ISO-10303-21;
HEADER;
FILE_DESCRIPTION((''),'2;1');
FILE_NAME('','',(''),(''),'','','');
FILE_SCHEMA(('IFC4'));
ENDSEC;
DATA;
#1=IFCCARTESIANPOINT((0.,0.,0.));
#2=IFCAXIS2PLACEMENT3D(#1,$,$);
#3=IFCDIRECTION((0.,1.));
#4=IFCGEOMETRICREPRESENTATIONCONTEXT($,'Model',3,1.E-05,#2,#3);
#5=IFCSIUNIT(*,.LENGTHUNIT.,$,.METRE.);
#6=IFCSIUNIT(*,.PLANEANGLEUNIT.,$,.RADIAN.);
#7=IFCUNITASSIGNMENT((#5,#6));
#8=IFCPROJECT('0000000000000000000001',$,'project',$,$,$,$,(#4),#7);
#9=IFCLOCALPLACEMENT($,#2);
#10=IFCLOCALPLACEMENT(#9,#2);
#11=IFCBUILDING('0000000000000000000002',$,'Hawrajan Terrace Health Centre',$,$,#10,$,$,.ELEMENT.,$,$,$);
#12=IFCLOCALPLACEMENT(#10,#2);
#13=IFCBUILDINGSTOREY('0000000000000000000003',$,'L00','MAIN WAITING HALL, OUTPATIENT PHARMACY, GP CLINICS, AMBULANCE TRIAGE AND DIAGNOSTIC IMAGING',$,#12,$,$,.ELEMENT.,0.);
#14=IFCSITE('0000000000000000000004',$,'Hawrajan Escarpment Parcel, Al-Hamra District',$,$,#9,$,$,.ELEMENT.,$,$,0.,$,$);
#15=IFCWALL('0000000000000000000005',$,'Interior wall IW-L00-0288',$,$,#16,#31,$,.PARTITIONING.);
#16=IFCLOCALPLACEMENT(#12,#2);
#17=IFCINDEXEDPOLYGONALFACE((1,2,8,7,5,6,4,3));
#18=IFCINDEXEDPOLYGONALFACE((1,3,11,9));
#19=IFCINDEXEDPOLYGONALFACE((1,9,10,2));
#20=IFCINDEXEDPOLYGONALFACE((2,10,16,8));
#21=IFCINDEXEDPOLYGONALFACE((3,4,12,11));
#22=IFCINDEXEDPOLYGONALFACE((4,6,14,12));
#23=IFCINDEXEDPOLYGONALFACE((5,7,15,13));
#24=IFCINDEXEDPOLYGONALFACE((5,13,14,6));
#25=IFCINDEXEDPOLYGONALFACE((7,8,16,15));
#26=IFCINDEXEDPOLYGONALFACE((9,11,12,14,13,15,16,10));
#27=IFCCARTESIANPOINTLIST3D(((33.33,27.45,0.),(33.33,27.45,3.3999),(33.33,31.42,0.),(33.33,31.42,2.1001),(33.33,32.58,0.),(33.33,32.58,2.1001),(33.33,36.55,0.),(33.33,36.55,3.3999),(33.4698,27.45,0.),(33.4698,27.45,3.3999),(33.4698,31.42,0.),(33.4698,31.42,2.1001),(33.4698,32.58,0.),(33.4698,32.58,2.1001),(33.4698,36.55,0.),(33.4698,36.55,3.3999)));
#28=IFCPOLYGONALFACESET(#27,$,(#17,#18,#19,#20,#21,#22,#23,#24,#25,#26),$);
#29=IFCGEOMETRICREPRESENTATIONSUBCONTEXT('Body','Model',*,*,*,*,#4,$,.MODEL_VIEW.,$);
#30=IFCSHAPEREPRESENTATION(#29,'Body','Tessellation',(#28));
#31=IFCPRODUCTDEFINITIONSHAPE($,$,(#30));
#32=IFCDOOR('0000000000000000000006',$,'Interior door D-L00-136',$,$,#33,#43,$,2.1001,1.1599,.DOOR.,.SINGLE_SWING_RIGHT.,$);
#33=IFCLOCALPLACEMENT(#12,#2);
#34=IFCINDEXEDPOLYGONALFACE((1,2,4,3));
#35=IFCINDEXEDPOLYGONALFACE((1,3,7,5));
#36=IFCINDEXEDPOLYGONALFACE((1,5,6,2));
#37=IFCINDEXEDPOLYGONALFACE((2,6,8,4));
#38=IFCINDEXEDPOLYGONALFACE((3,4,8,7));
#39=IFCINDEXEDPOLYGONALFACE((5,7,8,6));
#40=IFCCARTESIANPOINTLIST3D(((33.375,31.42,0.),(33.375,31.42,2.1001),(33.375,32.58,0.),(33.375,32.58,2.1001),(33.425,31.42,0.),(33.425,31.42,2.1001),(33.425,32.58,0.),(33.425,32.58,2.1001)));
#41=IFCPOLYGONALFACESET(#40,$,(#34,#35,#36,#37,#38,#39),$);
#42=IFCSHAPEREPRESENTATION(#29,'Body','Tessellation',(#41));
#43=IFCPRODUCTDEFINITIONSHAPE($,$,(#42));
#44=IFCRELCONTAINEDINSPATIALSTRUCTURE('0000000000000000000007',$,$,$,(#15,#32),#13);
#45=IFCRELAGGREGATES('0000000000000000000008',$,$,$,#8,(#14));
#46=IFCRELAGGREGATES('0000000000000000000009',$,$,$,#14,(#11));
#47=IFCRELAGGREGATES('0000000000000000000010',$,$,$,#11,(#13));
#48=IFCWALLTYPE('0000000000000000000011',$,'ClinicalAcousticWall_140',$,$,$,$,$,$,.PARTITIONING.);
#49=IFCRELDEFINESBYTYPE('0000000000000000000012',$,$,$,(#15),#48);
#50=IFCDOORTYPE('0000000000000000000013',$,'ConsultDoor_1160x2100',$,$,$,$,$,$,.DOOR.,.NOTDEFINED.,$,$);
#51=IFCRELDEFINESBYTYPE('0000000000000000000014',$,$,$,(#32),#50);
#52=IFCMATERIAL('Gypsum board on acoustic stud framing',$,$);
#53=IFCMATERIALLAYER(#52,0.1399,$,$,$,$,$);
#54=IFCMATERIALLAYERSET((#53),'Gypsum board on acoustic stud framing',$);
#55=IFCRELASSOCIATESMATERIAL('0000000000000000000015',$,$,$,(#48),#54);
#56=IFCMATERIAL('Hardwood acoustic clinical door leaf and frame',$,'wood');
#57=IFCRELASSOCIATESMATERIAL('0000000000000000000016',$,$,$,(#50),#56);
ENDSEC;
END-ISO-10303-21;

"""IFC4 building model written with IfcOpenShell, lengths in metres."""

from ifc_helpers import new_model, si_unit, direction, frame, frame_2d, origin, place, context, subcontext, project, spatial, rectangle, extrude, material, layer, layer_set, type_object, element, fill, save


model = new_model("IFC4")

# Units and contexts
model_context = context("Model", 3, precision=1e-05, world=origin(), true_north=direction((0.0, 1.0)))
body_context = subcontext(model_context, "Body", "Model", "MODEL_VIEW")
ifc_project = project(units=[si_unit("LENGTHUNIT", "METRE"), si_unit("PLANEANGLEUNIT", "RADIAN")], contexts=[model_context])

# Site, building, storey
site_placement = place(None, origin())
site = spatial("IfcSite", under=ifc_project, at=site_placement, Name="Hawrajan Escarpment Parcel, Al-Hamra District", CompositionType="ELEMENT", RefElevation=0.0)
building_placement = place(site_placement, origin())
building = spatial("IfcBuilding", under=site, at=building_placement, Name="Hawrajan Terrace Health Centre", CompositionType="ELEMENT")
storey_placement = place(building_placement, origin())
storey = spatial("IfcBuildingStorey", under=building, at=storey_placement, Name="L00", Description="MAIN WAITING HALL, OUTPATIENT PHARMACY, GP CLINICS, AMBULANCE TRIAGE AND DIAGNOSTIC IMAGING", CompositionType="ELEMENT", Elevation=0.0)

# Wall, opening, door
ifc_material_1 = material(Name="Gypsum board on acoustic stud framing")
ifc_layer_1 = layer(ifc_material_1, 0.1399)
ifc_layer_set_1 = layer_set([ifc_layer_1], Name="Gypsum board on acoustic stud framing")
wall_type = type_object("IfcWallType", Name="ClinicalAcousticWall_140", PredefinedType="PARTITIONING", material=ifc_layer_set_1)
wall_placement = place(storey_placement, frame((33.3999, 27.45, 0.0), z_axis=(0.0, 0.0, 1.0), x_axis=(0.0, 1.0, 0.0)))
wall = element("IfcWall", 1, at=wall_placement, inside=storey, type_object=wall_type, Name="Interior wall IW-L00-0288", PredefinedType="PARTITIONING", context=body_context, shape_type="SweptSolid", body=[
    extrude(rectangle(XDim=9.1001, YDim=0.1399, at=frame_2d((4.55, 0.0))), origin(), (0.0, 0.0, 1.0), 3.3999),
])
opening_placement = place(wall_placement, frame((3.97, 0.0, 0.0)))
opening = element("IfcOpeningElement", 2, at=opening_placement, cuts=wall, PredefinedType="OPENING", context=body_context, shape_type="SweptSolid", body=[
    extrude(rectangle(XDim=1.1599, YDim=2.1001, at=frame_2d((0.5801, 1.05))), frame((0.0, 0.0798, 0.0), z_axis=(0.0, -1.0, 0.0), x_axis=(1.0, 0.0, 0.0)), (0.0, 0.0, 1.0), 0.1599),
])
ifc_material_2 = material(Name="Hardwood acoustic clinical door leaf and frame", Category="wood")
door_type = type_object("IfcDoorType", Name="ConsultDoor_1160x2100", OperationType="NOTDEFINED", PredefinedType="DOOR", material=ifc_material_2)
door_placement = place(opening_placement, origin())
door = element("IfcDoor", 3, at=door_placement, inside=storey, type_object=door_type, Name="Interior door D-L00-136", OperationType="SINGLE_SWING_RIGHT", OverallHeight=2.1001, OverallWidth=1.1599, PredefinedType="DOOR", context=body_context, shape_type="SweptSolid", body=[
    extrude(rectangle(XDim=1.1599, YDim=2.1001, at=frame_2d((0.5801, 1.05))), frame((0.0, 0.0249, 0.0), z_axis=(0.0, -1.0, 0.0), x_axis=(1.0, 0.0, 0.0)), (0.0, 0.0, 1.0), 0.05),
])
fill(opening, door)

save(model, "model.ifc")
